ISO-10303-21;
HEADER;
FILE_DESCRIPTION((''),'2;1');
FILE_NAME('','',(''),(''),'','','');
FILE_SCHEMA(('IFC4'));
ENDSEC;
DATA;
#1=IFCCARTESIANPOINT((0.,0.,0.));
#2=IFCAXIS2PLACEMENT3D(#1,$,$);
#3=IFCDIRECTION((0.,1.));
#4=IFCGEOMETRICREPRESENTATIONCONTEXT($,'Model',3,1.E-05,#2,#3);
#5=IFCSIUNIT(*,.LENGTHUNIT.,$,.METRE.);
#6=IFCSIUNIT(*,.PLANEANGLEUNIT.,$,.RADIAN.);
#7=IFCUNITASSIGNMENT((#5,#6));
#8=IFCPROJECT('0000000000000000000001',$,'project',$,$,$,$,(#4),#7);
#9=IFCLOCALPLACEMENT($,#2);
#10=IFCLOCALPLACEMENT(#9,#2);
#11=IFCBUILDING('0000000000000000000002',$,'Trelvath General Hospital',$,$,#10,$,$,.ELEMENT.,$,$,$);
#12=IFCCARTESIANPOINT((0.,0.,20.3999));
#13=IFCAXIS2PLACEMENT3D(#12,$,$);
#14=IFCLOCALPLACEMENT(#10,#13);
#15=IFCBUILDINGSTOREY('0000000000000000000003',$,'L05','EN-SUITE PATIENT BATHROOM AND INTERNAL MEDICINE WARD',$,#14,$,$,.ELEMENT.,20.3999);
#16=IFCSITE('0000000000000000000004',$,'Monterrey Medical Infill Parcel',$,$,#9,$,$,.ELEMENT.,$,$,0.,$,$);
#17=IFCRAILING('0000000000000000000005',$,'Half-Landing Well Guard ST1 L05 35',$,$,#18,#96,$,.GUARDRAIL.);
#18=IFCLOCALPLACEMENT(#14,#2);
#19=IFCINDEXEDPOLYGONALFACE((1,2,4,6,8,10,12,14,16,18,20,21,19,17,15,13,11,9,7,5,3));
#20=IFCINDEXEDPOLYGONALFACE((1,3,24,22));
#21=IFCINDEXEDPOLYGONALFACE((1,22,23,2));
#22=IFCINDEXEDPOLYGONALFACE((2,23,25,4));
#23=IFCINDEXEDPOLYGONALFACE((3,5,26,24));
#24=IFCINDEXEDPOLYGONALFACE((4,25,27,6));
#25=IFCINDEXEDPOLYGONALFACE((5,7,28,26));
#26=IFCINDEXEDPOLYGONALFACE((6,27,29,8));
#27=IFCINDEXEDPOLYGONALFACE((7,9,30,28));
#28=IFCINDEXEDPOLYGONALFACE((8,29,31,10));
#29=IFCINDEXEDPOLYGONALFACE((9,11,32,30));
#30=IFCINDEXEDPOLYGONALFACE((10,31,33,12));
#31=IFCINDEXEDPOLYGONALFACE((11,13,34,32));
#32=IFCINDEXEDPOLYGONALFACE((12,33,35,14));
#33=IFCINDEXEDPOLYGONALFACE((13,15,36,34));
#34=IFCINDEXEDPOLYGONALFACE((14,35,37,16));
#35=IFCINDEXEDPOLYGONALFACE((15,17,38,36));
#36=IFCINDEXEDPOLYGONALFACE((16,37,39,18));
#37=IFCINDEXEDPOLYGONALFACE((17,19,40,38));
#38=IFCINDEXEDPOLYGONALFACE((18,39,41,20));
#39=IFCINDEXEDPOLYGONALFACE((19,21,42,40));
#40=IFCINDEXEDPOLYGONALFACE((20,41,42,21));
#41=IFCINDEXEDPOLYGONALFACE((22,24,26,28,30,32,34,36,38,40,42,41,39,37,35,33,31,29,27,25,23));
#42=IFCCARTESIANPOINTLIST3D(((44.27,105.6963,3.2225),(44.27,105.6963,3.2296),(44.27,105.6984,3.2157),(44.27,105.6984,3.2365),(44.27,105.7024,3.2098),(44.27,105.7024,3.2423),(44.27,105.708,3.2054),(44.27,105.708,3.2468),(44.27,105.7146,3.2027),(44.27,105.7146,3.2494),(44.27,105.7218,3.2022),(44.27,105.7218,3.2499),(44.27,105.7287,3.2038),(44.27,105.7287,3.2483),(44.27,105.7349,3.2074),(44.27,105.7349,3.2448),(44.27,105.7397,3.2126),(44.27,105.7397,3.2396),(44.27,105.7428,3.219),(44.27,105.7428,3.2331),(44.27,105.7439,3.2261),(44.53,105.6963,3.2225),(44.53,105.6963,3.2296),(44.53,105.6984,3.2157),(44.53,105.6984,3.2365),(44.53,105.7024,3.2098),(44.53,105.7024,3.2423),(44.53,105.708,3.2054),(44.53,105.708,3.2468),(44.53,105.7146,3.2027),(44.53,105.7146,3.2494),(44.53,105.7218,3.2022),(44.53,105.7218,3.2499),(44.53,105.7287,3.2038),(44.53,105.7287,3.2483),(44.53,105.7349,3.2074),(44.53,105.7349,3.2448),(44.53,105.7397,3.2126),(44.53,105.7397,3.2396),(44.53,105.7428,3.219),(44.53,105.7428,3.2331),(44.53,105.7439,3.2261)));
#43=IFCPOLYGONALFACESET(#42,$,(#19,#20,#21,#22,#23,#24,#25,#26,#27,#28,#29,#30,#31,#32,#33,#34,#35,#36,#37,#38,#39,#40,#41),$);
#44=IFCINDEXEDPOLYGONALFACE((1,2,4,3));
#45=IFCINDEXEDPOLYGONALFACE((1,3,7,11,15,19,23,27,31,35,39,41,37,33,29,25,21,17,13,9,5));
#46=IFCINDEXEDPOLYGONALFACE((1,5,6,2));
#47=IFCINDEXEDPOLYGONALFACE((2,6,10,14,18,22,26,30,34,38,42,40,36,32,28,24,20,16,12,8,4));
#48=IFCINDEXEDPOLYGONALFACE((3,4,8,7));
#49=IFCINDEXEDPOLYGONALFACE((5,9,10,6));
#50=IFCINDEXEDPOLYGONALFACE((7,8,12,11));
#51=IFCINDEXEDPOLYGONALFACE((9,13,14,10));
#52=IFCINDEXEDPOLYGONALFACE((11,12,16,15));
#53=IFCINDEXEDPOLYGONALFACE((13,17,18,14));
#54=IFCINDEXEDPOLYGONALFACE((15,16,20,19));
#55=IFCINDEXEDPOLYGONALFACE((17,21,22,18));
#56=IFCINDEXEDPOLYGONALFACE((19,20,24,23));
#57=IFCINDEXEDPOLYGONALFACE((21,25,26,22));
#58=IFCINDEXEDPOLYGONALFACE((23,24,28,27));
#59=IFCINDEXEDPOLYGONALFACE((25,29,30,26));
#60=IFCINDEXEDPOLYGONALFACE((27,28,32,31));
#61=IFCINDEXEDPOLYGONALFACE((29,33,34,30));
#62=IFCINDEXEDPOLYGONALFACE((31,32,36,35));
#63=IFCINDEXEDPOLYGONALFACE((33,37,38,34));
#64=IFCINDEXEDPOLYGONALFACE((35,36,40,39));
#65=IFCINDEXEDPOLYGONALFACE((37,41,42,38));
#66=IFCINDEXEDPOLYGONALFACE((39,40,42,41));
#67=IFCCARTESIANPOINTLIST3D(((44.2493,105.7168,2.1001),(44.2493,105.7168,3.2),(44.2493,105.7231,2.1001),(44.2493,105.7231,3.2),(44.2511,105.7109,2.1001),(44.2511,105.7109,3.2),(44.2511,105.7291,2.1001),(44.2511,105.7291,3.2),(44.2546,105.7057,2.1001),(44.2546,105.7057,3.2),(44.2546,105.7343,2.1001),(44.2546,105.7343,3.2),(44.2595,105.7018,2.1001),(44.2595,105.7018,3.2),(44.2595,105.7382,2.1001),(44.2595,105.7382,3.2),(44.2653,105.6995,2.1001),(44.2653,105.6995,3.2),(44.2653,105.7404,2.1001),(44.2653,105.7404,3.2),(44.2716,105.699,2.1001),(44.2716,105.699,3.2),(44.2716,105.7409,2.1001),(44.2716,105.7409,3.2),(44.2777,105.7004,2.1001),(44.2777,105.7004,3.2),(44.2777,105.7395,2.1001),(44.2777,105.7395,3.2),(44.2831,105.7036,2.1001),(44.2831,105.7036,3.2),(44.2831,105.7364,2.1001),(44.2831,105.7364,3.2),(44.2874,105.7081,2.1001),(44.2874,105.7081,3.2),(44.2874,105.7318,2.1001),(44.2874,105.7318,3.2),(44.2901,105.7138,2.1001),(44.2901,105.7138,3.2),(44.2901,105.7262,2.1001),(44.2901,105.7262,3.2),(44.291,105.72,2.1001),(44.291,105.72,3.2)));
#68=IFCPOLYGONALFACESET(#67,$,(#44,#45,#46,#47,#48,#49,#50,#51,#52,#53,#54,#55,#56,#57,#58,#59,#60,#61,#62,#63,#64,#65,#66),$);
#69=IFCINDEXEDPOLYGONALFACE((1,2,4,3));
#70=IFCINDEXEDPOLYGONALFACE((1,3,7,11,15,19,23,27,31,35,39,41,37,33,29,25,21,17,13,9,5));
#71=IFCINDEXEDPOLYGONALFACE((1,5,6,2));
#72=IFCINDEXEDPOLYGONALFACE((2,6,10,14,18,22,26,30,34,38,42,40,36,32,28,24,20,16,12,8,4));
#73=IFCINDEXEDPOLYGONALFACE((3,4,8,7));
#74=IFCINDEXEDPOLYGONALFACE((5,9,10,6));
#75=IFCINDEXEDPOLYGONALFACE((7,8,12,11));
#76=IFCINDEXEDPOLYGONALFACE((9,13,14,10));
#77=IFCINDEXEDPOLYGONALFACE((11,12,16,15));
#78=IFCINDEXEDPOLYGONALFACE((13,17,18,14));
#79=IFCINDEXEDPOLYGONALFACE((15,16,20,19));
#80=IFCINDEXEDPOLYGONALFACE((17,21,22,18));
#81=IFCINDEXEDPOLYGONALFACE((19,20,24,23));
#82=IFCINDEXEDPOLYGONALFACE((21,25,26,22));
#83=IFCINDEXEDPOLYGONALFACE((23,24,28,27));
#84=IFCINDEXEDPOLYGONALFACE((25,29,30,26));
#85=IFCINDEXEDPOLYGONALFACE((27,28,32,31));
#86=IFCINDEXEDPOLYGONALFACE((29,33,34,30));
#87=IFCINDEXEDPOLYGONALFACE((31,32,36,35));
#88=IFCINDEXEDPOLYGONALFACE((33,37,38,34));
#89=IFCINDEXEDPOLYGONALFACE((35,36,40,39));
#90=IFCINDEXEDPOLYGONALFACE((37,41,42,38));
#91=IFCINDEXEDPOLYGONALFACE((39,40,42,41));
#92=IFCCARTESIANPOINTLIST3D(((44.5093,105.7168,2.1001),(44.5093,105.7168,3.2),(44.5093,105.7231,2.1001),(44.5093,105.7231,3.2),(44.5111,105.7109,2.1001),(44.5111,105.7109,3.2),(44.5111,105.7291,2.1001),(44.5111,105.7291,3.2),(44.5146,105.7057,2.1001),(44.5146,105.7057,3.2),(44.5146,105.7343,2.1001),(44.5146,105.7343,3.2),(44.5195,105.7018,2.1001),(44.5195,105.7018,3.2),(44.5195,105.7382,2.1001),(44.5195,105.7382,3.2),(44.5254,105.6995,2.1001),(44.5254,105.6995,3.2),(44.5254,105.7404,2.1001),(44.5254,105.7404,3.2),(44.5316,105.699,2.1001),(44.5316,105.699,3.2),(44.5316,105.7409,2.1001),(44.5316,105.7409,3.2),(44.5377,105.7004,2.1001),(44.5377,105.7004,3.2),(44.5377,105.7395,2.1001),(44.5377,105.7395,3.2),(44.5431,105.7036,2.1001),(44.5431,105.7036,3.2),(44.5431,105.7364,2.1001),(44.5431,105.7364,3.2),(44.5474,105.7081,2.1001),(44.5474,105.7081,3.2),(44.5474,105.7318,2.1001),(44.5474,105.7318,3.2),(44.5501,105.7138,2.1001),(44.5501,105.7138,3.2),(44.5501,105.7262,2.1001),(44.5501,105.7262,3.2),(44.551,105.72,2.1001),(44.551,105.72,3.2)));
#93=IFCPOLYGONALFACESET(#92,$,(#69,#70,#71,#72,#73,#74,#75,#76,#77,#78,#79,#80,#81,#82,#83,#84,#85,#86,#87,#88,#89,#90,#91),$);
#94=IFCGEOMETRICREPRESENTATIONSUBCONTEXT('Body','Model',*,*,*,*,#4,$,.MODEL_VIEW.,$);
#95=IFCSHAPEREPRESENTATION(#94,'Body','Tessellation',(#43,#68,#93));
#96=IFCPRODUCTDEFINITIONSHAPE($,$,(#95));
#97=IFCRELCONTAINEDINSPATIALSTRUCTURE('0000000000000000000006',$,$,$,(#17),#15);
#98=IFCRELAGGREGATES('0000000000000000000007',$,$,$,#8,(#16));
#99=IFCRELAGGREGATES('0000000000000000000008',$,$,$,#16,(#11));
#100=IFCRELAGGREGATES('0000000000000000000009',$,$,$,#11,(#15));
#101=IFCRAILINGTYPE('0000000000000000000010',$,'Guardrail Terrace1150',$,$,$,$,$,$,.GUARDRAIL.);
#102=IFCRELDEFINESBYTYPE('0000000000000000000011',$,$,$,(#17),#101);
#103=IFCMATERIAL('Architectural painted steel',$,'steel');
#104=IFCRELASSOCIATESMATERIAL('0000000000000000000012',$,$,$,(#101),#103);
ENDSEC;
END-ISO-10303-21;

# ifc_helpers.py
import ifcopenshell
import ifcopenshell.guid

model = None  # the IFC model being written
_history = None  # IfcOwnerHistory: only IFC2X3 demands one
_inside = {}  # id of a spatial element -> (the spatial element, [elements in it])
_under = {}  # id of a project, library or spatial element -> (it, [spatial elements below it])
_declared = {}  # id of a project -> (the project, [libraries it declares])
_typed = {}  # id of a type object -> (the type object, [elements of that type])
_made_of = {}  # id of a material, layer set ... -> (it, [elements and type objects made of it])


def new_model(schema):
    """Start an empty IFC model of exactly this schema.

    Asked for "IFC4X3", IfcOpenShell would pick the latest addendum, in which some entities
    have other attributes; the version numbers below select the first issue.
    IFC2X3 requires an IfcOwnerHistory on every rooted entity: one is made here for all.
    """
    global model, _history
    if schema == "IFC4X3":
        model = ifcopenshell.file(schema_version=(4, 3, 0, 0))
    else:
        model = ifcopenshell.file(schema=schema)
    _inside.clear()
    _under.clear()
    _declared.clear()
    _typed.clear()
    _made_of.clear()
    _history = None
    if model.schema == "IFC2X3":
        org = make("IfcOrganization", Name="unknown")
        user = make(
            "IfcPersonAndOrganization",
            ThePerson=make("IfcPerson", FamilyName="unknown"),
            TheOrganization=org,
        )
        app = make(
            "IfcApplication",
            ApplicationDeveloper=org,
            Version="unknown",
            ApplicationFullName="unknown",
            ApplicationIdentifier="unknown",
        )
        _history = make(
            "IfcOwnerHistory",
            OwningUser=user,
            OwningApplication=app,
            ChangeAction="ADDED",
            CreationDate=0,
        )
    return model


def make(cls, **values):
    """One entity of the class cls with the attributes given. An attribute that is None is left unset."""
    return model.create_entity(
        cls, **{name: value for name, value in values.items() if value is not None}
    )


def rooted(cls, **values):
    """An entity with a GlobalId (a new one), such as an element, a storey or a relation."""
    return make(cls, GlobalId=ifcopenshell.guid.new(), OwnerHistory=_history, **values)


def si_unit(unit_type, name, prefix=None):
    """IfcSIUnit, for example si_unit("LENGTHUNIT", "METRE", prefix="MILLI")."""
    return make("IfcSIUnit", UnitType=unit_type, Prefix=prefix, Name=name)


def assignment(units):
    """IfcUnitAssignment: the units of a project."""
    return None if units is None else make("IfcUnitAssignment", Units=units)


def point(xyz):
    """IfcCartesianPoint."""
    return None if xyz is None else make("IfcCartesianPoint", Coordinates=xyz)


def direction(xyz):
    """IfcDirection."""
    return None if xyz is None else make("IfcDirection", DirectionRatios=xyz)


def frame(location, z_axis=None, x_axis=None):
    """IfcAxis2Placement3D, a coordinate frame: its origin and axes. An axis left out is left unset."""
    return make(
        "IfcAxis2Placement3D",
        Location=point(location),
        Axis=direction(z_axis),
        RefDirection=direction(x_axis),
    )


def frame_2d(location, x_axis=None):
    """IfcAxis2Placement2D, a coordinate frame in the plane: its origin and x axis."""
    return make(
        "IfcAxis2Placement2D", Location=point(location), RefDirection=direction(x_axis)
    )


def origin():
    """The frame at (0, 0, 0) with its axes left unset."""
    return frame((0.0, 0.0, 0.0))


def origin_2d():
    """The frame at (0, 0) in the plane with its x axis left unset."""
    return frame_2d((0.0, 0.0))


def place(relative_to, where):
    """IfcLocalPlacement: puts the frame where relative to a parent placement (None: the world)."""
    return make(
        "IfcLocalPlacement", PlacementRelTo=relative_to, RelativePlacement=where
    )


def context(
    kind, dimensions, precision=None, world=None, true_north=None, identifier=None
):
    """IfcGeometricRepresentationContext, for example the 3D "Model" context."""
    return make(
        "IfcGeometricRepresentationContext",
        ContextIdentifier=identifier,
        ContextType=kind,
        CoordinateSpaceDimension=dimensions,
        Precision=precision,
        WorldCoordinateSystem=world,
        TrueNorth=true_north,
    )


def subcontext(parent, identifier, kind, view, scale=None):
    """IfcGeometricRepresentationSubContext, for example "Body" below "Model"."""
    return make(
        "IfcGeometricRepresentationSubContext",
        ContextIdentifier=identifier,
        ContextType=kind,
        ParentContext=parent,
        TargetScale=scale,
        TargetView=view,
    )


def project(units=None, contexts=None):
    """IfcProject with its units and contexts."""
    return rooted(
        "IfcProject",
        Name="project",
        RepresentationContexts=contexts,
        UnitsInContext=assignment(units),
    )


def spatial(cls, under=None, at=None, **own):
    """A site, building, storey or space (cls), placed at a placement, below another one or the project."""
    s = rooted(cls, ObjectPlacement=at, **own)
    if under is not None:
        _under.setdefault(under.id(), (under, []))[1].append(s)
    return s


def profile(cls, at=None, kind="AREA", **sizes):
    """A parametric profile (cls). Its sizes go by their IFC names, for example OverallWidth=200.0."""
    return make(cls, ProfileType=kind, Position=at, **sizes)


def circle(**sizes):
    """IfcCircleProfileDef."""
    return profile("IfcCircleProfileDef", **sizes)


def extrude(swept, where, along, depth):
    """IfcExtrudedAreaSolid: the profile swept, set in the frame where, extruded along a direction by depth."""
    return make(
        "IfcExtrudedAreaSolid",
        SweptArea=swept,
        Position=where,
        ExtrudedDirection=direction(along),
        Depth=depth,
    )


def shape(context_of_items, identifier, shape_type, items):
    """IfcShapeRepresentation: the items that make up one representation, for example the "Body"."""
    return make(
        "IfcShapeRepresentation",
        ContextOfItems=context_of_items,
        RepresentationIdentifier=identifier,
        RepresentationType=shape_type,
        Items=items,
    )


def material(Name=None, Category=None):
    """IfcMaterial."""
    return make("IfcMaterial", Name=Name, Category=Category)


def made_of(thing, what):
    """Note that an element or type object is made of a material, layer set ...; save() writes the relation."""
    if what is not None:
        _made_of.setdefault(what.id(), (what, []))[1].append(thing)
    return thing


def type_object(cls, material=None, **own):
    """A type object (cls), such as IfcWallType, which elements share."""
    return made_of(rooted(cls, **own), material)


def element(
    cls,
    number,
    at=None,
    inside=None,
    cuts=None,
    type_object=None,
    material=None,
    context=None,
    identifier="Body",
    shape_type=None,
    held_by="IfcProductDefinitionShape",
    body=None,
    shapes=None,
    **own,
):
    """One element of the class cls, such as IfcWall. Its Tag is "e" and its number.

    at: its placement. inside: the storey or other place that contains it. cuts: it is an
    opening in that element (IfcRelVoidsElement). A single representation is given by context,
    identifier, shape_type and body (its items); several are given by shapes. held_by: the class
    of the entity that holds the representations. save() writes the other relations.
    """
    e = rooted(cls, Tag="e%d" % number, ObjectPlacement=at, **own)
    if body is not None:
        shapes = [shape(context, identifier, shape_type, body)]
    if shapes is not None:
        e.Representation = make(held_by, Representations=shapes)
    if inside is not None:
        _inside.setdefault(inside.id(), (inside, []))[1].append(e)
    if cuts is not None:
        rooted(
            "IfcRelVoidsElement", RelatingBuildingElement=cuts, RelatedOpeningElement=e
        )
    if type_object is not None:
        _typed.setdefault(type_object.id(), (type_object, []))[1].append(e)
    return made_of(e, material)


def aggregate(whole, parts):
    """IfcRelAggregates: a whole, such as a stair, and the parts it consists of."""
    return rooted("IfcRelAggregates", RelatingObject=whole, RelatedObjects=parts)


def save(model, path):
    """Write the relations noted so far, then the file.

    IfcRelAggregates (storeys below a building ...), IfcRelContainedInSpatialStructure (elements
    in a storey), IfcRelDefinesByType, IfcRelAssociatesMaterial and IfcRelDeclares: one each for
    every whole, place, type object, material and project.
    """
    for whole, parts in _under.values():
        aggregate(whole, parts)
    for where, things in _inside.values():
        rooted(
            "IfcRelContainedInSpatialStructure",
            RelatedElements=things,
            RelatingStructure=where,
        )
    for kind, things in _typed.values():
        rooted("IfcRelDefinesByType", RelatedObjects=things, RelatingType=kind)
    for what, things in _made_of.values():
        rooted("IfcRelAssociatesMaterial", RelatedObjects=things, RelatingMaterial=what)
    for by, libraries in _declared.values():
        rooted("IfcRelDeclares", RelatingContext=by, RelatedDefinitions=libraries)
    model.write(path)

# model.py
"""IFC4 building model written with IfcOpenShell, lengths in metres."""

from ifc_helpers import new_model, si_unit, direction, frame, origin, origin_2d, place, context, subcontext, project, spatial, circle, extrude, material, type_object, element, save


model = new_model("IFC4")

# Units and contexts
model_context = context("Model", 3, precision=1e-05, world=origin(), true_north=direction((0.0, 1.0)))
body_context = subcontext(model_context, "Body", "Model", "MODEL_VIEW")
ifc_project = project(units=[si_unit("LENGTHUNIT", "METRE"), si_unit("PLANEANGLEUNIT", "RADIAN")], contexts=[model_context])

# Site, building, storey
site_placement = place(None, origin())
site = spatial("IfcSite", under=ifc_project, at=site_placement, Name="Monterrey Medical Infill Parcel", CompositionType="ELEMENT", RefElevation=0.0)
building_placement = place(site_placement, origin())
building = spatial("IfcBuilding", under=site, at=building_placement, Name="Trelvath General Hospital", CompositionType="ELEMENT")
storey_placement = place(building_placement, frame((0.0, 0.0, 20.3999)))
storey = spatial("IfcBuildingStorey", under=building, at=storey_placement, Name="L05", Description="EN-SUITE PATIENT BATHROOM AND INTERNAL MEDICINE WARD", CompositionType="ELEMENT", Elevation=20.3999)

# Railing
ifc_material_1 = material(Name="Architectural painted steel", Category="steel")
railing_type_1 = type_object("IfcRailingType", Name="Guardrail Terrace1150", PredefinedType="GUARDRAIL", material=ifc_material_1)
railing_1_placement = place(storey_placement, frame((44.27, 105.72, 2.1001)))
element("IfcRailing", 1, at=railing_1_placement, inside=storey, type_object=railing_type_1, Name="Half-Landing Well Guard ST1 L05 35", PredefinedType="GUARDRAIL", context=body_context, shape_type="SweptSolid", body=[
    extrude(circle(Radius=0.0239, at=origin_2d()), frame((0.0, 0.0, 1.126), z_axis=(1.0, 0.0, 0.0), x_axis=(0.0, 1.0, 0.0)), (0.0, 0.0, 1.0), 0.26),
    extrude(circle(Radius=0.021, at=origin_2d()), origin(), (0.0, 0.0, 1.0), 1.0999),
    extrude(circle(Radius=0.021, at=origin_2d()), frame((0.26, 0.0, 0.0)), (0.0, 0.0, 1.0), 1.0999),
])

save(model, "model.ifc")
